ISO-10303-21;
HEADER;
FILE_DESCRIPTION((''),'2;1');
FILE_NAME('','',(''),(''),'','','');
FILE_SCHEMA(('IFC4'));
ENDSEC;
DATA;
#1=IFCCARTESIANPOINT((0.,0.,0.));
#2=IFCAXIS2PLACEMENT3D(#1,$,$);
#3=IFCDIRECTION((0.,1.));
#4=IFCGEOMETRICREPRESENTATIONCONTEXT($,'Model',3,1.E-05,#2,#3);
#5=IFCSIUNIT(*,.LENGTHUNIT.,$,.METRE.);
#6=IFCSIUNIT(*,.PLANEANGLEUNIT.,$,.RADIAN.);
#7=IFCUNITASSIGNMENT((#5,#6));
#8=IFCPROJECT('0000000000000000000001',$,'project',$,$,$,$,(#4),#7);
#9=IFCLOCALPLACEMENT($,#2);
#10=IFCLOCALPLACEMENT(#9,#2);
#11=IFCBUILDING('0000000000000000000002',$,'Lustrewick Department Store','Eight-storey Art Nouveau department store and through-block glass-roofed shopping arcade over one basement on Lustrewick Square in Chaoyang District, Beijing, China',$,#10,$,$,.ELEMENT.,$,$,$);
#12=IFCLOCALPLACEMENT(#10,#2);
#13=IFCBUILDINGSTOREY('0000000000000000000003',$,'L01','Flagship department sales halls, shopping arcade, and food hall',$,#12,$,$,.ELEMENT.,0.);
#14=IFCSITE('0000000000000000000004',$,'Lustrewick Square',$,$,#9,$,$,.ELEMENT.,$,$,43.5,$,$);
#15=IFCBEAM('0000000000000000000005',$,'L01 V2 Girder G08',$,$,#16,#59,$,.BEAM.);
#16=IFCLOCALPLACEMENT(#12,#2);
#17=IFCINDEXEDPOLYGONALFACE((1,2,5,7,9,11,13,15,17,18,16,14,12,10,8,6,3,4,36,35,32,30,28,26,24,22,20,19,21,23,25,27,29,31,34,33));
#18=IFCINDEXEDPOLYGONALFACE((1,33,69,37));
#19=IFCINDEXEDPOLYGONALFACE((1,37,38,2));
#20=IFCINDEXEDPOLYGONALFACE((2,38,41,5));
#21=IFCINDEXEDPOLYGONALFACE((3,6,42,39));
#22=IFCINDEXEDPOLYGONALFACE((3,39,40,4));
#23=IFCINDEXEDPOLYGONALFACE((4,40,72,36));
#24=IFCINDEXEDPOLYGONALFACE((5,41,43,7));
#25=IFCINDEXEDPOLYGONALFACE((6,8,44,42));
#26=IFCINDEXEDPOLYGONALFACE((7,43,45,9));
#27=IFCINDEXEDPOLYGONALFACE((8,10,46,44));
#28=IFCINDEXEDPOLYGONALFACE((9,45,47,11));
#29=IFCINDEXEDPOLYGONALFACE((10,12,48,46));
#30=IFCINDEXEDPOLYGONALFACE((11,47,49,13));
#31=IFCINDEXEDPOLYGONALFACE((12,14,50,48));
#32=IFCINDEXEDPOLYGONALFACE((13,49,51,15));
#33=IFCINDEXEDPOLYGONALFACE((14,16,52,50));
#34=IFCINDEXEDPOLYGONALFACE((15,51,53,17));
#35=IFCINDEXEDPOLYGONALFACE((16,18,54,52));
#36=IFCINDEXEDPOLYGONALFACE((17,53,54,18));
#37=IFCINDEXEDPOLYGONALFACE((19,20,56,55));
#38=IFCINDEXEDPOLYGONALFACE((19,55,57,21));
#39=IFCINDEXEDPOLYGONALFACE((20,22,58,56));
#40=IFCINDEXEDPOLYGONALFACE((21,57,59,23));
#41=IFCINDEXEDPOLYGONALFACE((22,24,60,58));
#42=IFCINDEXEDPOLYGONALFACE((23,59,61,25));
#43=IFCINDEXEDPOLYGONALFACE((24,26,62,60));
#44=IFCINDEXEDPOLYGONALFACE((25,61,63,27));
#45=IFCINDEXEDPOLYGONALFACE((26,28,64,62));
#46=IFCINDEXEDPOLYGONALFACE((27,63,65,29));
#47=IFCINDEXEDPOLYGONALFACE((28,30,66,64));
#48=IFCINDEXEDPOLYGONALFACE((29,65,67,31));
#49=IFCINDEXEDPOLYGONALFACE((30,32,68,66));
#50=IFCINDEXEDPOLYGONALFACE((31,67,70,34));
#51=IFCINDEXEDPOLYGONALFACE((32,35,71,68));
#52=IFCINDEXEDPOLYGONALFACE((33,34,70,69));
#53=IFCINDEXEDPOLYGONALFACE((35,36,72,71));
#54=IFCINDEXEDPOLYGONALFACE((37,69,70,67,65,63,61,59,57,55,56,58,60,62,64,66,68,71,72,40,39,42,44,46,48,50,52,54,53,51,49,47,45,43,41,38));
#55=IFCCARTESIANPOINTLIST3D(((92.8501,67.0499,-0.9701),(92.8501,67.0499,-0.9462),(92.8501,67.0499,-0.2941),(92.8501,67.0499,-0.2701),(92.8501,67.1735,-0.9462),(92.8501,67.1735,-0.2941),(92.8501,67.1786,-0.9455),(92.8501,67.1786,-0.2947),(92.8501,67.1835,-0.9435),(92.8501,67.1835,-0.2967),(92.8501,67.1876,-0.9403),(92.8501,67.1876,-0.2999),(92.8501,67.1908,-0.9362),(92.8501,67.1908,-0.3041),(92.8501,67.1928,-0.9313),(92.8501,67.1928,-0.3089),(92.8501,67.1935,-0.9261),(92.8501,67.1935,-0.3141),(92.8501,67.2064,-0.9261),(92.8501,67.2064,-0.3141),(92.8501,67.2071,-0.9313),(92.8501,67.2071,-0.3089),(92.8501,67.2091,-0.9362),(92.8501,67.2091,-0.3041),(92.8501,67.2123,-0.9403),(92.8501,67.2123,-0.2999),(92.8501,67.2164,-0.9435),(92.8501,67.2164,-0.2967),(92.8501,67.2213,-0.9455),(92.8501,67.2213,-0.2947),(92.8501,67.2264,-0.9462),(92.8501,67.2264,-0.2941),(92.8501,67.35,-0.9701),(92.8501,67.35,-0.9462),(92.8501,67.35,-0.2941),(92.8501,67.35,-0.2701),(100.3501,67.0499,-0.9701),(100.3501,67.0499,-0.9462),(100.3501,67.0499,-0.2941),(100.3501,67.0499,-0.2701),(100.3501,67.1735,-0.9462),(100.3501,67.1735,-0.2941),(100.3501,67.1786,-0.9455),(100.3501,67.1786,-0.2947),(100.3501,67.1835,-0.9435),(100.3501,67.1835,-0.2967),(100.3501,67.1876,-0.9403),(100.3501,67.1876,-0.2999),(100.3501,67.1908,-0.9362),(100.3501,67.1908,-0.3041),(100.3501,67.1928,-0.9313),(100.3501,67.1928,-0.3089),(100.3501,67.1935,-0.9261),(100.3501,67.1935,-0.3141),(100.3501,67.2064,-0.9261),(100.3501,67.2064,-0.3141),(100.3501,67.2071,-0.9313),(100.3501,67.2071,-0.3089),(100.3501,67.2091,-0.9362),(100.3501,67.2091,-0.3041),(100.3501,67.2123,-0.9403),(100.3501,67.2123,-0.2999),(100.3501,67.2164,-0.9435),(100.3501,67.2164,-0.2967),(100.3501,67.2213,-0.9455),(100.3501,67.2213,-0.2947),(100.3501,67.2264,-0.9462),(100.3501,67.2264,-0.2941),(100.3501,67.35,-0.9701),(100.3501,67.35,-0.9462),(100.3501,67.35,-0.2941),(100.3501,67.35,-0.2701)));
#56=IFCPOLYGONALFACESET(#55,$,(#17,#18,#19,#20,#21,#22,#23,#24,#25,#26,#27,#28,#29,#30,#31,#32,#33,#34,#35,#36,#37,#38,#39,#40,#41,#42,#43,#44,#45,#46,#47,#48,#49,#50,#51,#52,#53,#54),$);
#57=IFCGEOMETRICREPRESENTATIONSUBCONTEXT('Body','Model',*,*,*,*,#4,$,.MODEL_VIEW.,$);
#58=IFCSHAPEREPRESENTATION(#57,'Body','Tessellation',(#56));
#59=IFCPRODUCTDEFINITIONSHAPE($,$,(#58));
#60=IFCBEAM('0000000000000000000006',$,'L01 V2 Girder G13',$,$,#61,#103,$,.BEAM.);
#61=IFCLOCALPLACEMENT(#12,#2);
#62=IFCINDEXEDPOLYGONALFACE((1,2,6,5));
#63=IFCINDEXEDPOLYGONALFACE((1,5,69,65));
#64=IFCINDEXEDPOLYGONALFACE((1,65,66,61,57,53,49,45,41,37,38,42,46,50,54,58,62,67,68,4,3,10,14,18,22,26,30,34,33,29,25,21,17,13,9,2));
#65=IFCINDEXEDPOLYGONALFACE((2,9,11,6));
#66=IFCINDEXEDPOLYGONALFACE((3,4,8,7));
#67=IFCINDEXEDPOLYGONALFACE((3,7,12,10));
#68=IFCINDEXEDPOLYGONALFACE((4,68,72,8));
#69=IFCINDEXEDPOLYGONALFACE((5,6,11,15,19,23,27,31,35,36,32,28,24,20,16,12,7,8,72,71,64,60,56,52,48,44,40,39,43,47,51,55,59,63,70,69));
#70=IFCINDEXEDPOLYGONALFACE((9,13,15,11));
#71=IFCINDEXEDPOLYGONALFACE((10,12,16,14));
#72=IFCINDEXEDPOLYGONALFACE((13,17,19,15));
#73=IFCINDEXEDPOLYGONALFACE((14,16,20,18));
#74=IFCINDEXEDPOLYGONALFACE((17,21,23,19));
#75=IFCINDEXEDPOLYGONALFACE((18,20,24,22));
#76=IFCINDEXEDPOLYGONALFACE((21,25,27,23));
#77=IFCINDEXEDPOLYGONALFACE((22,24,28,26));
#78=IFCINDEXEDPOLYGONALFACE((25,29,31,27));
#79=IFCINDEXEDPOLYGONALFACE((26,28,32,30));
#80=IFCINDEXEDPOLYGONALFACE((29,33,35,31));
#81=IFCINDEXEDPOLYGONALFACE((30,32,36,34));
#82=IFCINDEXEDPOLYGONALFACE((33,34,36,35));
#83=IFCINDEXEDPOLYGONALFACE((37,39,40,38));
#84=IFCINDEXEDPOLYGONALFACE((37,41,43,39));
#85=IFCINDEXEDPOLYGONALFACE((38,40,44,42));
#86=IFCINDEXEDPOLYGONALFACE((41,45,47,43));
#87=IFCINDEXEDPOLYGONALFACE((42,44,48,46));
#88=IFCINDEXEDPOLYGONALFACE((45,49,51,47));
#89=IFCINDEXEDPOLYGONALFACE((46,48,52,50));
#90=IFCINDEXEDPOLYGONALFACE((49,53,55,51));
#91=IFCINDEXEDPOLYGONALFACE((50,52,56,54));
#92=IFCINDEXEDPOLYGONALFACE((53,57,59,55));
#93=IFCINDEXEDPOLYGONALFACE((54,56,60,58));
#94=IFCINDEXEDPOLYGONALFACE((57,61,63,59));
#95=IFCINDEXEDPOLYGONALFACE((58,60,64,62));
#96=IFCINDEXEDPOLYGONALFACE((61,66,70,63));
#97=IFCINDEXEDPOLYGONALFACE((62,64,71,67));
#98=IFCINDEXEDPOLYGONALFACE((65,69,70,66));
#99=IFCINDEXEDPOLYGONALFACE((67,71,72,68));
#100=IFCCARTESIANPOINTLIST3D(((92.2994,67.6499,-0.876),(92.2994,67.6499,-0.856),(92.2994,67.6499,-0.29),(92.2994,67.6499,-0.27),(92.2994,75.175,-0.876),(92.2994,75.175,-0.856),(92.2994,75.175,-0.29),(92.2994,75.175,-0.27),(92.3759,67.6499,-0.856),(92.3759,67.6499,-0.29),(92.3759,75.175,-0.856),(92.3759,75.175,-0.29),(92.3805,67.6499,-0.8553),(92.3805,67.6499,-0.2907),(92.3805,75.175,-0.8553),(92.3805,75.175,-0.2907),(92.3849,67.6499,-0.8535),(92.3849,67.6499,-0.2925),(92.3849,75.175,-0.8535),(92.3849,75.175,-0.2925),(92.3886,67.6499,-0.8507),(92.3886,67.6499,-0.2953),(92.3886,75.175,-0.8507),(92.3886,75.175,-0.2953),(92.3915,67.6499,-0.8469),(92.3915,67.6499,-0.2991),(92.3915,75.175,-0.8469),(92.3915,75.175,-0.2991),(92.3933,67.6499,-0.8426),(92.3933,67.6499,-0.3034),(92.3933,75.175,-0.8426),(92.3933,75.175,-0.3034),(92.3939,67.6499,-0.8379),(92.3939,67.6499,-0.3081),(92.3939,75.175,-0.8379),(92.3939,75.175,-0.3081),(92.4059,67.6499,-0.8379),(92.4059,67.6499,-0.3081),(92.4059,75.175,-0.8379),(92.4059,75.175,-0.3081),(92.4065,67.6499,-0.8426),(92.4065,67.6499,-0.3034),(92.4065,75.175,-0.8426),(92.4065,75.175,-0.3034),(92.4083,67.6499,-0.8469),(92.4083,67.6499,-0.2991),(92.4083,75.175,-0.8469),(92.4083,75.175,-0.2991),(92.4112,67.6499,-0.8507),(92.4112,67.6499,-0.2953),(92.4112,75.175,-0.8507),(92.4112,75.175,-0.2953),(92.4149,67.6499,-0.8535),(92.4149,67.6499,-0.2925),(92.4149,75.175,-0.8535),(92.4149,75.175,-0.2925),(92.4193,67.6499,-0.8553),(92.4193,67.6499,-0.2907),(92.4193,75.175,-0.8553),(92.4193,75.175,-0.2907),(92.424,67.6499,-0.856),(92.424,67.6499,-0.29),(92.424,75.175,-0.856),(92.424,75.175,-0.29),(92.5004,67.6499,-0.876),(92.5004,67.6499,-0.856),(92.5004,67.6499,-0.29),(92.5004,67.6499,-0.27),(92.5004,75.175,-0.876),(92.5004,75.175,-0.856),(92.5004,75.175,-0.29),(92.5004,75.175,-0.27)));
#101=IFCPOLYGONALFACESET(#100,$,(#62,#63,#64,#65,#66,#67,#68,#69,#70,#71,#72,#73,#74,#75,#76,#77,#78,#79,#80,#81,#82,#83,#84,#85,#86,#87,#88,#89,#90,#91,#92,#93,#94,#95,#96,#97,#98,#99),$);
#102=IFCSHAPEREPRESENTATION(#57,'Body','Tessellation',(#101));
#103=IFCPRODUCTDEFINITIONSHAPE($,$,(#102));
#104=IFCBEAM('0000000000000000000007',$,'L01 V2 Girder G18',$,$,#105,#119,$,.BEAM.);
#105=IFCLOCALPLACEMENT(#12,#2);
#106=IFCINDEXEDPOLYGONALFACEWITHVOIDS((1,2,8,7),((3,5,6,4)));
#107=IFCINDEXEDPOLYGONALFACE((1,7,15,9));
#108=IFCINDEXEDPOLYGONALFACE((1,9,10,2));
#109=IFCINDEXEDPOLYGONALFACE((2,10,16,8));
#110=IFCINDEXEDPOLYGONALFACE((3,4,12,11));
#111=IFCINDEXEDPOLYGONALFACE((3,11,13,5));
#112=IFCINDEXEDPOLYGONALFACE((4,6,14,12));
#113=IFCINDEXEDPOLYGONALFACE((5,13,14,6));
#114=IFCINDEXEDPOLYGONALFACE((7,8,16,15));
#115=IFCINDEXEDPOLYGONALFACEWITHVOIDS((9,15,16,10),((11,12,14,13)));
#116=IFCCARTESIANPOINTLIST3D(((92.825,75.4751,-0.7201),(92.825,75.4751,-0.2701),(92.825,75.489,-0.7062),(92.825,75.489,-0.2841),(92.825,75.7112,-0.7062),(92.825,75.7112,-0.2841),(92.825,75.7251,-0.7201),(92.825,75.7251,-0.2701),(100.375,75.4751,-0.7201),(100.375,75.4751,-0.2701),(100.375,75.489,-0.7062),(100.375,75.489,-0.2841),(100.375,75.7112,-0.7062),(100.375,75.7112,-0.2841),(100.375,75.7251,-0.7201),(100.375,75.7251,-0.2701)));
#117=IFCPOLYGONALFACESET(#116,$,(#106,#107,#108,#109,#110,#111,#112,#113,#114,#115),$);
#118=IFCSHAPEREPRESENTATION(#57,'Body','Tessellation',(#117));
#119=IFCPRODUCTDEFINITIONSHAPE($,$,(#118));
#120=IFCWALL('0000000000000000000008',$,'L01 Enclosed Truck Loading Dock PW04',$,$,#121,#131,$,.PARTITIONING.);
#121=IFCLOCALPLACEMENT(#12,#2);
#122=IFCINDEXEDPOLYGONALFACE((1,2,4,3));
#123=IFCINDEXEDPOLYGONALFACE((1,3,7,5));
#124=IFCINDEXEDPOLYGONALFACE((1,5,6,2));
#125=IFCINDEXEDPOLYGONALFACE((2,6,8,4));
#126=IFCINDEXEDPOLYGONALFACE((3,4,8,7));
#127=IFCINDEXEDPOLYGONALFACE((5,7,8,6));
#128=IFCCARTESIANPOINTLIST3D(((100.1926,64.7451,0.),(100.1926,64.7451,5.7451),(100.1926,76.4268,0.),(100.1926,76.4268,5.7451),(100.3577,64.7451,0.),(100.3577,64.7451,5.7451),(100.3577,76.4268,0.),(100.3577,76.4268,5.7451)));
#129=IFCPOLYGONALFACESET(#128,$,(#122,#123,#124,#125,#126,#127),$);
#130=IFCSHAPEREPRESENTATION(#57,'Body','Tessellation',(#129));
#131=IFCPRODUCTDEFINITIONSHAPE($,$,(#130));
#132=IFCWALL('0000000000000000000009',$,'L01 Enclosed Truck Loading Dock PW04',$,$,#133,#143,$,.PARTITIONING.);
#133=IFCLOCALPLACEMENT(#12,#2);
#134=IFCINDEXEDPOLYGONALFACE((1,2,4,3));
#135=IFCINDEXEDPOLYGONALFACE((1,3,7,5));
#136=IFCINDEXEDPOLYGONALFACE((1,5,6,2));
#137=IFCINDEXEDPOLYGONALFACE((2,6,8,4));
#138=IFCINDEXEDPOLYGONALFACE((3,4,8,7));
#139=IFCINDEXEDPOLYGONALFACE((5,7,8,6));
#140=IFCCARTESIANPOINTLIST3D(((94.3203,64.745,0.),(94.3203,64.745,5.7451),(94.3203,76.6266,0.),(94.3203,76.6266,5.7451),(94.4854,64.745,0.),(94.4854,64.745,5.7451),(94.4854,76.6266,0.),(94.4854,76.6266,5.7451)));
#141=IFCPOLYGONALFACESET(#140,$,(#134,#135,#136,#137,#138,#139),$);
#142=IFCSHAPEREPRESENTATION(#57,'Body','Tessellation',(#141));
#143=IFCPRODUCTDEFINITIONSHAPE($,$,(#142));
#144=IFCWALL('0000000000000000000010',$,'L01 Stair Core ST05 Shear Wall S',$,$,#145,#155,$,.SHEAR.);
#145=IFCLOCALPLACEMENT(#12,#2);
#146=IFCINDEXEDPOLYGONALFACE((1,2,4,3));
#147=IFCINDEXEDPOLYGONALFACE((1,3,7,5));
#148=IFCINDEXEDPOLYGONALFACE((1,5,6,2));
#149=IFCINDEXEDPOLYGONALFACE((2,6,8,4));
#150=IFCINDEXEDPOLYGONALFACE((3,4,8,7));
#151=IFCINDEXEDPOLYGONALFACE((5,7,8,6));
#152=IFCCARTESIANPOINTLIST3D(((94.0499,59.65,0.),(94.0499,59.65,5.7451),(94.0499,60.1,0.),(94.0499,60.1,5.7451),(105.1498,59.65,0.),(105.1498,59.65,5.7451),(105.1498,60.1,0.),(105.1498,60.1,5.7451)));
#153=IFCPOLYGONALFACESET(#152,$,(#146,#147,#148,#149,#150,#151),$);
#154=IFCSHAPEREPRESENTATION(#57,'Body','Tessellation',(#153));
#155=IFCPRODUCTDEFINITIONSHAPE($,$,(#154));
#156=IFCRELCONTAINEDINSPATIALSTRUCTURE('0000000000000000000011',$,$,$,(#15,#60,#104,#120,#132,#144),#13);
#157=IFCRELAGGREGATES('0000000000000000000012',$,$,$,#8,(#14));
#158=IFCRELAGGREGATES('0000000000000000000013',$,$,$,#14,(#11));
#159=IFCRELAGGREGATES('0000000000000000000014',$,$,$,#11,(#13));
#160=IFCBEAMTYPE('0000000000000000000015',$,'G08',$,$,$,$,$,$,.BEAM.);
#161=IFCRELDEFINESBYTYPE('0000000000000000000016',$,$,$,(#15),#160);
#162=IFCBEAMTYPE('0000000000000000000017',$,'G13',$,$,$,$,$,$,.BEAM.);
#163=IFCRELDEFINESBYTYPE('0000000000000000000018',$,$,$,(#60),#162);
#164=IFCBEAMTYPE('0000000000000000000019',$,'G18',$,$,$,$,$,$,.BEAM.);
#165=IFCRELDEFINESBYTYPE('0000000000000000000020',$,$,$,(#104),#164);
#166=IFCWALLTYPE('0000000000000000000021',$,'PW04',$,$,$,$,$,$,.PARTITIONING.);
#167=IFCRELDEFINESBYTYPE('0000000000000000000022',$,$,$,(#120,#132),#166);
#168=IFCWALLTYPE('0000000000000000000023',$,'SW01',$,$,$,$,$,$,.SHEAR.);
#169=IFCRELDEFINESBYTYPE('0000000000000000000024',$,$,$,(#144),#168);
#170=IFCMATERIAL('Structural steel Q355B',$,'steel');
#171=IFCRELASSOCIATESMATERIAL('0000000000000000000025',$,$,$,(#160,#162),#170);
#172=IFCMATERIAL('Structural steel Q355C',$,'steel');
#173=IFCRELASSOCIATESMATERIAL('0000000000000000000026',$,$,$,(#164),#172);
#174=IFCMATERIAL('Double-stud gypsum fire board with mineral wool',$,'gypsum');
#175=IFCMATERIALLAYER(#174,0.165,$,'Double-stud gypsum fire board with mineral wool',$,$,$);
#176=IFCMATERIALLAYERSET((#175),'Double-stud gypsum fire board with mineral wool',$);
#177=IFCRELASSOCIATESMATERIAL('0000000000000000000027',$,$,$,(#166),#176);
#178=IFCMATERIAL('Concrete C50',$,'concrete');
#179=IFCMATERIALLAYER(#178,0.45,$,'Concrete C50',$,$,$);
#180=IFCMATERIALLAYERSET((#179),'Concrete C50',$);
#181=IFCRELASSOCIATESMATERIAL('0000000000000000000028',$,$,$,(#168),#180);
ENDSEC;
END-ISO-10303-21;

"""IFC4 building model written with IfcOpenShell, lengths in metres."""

from ifc_helpers import new_model, si_unit, direction, frame, frame_2d, origin, origin_2d, place, context, subcontext, project, spatial, rectangle, hollow_rectangle, i_section, extrude, material, layer, layer_set, material_profile, profile_set, type_object, element, save


model = new_model("IFC4")

# Units and contexts
model_context = context("Model", 3, precision=1e-05, world=origin(), true_north=direction((0.0, 1.0)))
body_context = subcontext(model_context, "Body", "Model", "MODEL_VIEW")
ifc_project = project(units=[si_unit("LENGTHUNIT", "METRE"), si_unit("PLANEANGLEUNIT", "RADIAN")], contexts=[model_context])

# Site, building, storey
site_placement = place(None, origin())
site = spatial("IfcSite", under=ifc_project, at=site_placement, Name="Lustrewick Square", CompositionType="ELEMENT", RefElevation=43.5)
building_placement = place(site_placement, origin())
building = spatial("IfcBuilding", under=site, at=building_placement, Name="Lustrewick Department Store", Description="Eight-storey Art Nouveau department store and through-block glass-roofed shopping arcade over one basement on Lustrewick Square in Chaoyang District, Beijing, China", CompositionType="ELEMENT")
storey_placement = place(building_placement, origin())
storey = spatial("IfcBuildingStorey", under=building, at=storey_placement, Name="L01", Description="Flagship department sales halls, shopping arcade, and food hall", CompositionType="ELEMENT", Elevation=0.0)

# Shared definitions
ifc_material_1 = material(Name="Structural steel Q355C", Category="steel")
ifc_material_2 = material(Name="Structural steel Q355B", Category="steel")

# Beams
ifc_material_profile_1 = material_profile(ifc_material_2, i_section(OverallWidth=0.3, OverallDepth=0.7, WebThickness=0.0129, FlangeThickness=0.0239, FilletRadius=0.02, at=origin_2d()), Name="HN 700x300x13x24")
ifc_profile_set_1 = profile_set([ifc_material_profile_1], Name="Structural steel Q355B")
beam_type_1 = type_object("IfcBeamType", Name="G08", PredefinedType="BEAM", material=ifc_profile_set_1)
beam_1_placement = place(storey_placement, frame((92.8501, 67.2, -0.6201), z_axis=(1.0, 0.0, 0.0), x_axis=(0.0, 1.0, 0.0)))
element("IfcBeam", 1, at=beam_1_placement, inside=storey, type_object=beam_type_1, Name="L01 V2 Girder G08", PredefinedType="BEAM", context=body_context, shape_type="SweptSolid", body=[
    extrude(i_section(OverallWidth=0.3, OverallDepth=0.7, WebThickness=0.0129, FlangeThickness=0.0239, FilletRadius=0.02, at=origin_2d()), origin(), (0.0, 0.0, 1.0), 7.5),
])
ifc_material_profile_2 = material_profile(ifc_material_2, i_section(OverallWidth=0.2009, OverallDepth=0.606, WebThickness=0.012, FlangeThickness=0.02, FilletRadius=0.0181, at=origin_2d()), Name="HN 606x201x12x20")
ifc_profile_set_2 = profile_set([ifc_material_profile_2], Name="Structural steel Q355B")
beam_type_2 = type_object("IfcBeamType", Name="G13", PredefinedType="BEAM", material=ifc_profile_set_2)
beam_2_placement = place(storey_placement, frame((92.3999, 67.6499, -0.573), z_axis=(0.0, 1.0, 0.0), x_axis=(-1.0, 0.0, 0.0)))
element("IfcBeam", 2, at=beam_2_placement, inside=storey, type_object=beam_type_2, Name="L01 V2 Girder G13", PredefinedType="BEAM", context=body_context, shape_type="SweptSolid", body=[
    extrude(i_section(OverallWidth=0.2009, OverallDepth=0.606, WebThickness=0.012, FlangeThickness=0.02, FilletRadius=0.0181, at=origin_2d()), origin(), (0.0, 0.0, 1.0), 7.5251),
])
ifc_material_profile_3 = material_profile(ifc_material_1, hollow_rectangle(XDim=0.25, YDim=0.45, WallThickness=0.0139, at=origin_2d()), Name="RHS 450x250x14")
ifc_profile_set_3 = profile_set([ifc_material_profile_3], Name="Structural steel Q355C")
beam_type_3 = type_object("IfcBeamType", Name="G18", PredefinedType="BEAM", material=ifc_profile_set_3)
beam_3_placement = place(storey_placement, frame((92.825, 75.6001, -0.4951), z_axis=(1.0, 0.0, 0.0), x_axis=(0.0, 1.0, 0.0)))
element("IfcBeam", 3, at=beam_3_placement, inside=storey, type_object=beam_type_3, Name="L01 V2 Girder G18", PredefinedType="BEAM", context=body_context, shape_type="SweptSolid", body=[
    extrude(hollow_rectangle(XDim=0.25, YDim=0.45, WallThickness=0.0139, at=origin_2d()), origin(), (0.0, 0.0, 1.0), 7.55),
])

# Walls
ifc_material_3 = material(Name="Double-stud gypsum fire board with mineral wool", Category="gypsum")
ifc_layer_1 = layer(ifc_material_3, 0.165, Name="Double-stud gypsum fire board with mineral wool")
ifc_layer_set_1 = layer_set([ifc_layer_1], Name="Double-stud gypsum fire board with mineral wool")
wall_type_1 = type_object("IfcWallType", Name="PW04", PredefinedType="PARTITIONING", material=ifc_layer_set_1)
wall_1_placement = place(storey_placement, frame((100.2751, 64.7451, 0.0), z_axis=(0.0, 0.0, 1.0), x_axis=(0.0, 1.0, 0.0)))
element("IfcWall", 4, at=wall_1_placement, inside=storey, type_object=wall_type_1, Name="L01 Enclosed Truck Loading Dock PW04", PredefinedType="PARTITIONING", context=body_context, shape_type="SweptSolid", body=[
    extrude(rectangle(XDim=11.6816, YDim=0.165, at=frame_2d((5.8408, 0.0))), origin(), (0.0, 0.0, 1.0), 5.7451),
])
wall_2_placement = place(storey_placement, frame((94.4028, 76.6267, 0.0), z_axis=(0.0, 0.0, 1.0), x_axis=(0.0, -1.0, 0.0)))
element("IfcWall", 5, at=wall_2_placement, inside=storey, type_object=wall_type_1, Name="L01 Enclosed Truck Loading Dock PW04", PredefinedType="PARTITIONING", context=body_context, shape_type="SweptSolid", body=[
    extrude(rectangle(XDim=11.8816, YDim=0.165, at=frame_2d((5.9409, 0.0))), origin(), (0.0, 0.0, 1.0), 5.7451),
])
ifc_material_4 = material(Name="Concrete C50", Category="concrete")
ifc_layer_2 = layer(ifc_material_4, 0.45, Name="Concrete C50")
ifc_layer_set_2 = layer_set([ifc_layer_2], Name="Concrete C50")
wall_type_2 = type_object("IfcWallType", Name="SW01", PredefinedType="SHEAR", material=ifc_layer_set_2)
wall_3_placement = place(storey_placement, frame((94.05, 59.875, 0.0), z_axis=(0.0, 0.0, 1.0), x_axis=(1.0, 0.0, 0.0)))
element("IfcWall", 6, at=wall_3_placement, inside=storey, type_object=wall_type_2, Name="L01 Stair Core ST05 Shear Wall S", PredefinedType="SHEAR", context=body_context, shape_type="SweptSolid", body=[
    extrude(rectangle(XDim=11.0999, YDim=0.45, at=frame_2d((5.5498, 0.0))), origin(), (0.0, 0.0, 1.0), 5.7451),
])

save(model, "model.ifc")
